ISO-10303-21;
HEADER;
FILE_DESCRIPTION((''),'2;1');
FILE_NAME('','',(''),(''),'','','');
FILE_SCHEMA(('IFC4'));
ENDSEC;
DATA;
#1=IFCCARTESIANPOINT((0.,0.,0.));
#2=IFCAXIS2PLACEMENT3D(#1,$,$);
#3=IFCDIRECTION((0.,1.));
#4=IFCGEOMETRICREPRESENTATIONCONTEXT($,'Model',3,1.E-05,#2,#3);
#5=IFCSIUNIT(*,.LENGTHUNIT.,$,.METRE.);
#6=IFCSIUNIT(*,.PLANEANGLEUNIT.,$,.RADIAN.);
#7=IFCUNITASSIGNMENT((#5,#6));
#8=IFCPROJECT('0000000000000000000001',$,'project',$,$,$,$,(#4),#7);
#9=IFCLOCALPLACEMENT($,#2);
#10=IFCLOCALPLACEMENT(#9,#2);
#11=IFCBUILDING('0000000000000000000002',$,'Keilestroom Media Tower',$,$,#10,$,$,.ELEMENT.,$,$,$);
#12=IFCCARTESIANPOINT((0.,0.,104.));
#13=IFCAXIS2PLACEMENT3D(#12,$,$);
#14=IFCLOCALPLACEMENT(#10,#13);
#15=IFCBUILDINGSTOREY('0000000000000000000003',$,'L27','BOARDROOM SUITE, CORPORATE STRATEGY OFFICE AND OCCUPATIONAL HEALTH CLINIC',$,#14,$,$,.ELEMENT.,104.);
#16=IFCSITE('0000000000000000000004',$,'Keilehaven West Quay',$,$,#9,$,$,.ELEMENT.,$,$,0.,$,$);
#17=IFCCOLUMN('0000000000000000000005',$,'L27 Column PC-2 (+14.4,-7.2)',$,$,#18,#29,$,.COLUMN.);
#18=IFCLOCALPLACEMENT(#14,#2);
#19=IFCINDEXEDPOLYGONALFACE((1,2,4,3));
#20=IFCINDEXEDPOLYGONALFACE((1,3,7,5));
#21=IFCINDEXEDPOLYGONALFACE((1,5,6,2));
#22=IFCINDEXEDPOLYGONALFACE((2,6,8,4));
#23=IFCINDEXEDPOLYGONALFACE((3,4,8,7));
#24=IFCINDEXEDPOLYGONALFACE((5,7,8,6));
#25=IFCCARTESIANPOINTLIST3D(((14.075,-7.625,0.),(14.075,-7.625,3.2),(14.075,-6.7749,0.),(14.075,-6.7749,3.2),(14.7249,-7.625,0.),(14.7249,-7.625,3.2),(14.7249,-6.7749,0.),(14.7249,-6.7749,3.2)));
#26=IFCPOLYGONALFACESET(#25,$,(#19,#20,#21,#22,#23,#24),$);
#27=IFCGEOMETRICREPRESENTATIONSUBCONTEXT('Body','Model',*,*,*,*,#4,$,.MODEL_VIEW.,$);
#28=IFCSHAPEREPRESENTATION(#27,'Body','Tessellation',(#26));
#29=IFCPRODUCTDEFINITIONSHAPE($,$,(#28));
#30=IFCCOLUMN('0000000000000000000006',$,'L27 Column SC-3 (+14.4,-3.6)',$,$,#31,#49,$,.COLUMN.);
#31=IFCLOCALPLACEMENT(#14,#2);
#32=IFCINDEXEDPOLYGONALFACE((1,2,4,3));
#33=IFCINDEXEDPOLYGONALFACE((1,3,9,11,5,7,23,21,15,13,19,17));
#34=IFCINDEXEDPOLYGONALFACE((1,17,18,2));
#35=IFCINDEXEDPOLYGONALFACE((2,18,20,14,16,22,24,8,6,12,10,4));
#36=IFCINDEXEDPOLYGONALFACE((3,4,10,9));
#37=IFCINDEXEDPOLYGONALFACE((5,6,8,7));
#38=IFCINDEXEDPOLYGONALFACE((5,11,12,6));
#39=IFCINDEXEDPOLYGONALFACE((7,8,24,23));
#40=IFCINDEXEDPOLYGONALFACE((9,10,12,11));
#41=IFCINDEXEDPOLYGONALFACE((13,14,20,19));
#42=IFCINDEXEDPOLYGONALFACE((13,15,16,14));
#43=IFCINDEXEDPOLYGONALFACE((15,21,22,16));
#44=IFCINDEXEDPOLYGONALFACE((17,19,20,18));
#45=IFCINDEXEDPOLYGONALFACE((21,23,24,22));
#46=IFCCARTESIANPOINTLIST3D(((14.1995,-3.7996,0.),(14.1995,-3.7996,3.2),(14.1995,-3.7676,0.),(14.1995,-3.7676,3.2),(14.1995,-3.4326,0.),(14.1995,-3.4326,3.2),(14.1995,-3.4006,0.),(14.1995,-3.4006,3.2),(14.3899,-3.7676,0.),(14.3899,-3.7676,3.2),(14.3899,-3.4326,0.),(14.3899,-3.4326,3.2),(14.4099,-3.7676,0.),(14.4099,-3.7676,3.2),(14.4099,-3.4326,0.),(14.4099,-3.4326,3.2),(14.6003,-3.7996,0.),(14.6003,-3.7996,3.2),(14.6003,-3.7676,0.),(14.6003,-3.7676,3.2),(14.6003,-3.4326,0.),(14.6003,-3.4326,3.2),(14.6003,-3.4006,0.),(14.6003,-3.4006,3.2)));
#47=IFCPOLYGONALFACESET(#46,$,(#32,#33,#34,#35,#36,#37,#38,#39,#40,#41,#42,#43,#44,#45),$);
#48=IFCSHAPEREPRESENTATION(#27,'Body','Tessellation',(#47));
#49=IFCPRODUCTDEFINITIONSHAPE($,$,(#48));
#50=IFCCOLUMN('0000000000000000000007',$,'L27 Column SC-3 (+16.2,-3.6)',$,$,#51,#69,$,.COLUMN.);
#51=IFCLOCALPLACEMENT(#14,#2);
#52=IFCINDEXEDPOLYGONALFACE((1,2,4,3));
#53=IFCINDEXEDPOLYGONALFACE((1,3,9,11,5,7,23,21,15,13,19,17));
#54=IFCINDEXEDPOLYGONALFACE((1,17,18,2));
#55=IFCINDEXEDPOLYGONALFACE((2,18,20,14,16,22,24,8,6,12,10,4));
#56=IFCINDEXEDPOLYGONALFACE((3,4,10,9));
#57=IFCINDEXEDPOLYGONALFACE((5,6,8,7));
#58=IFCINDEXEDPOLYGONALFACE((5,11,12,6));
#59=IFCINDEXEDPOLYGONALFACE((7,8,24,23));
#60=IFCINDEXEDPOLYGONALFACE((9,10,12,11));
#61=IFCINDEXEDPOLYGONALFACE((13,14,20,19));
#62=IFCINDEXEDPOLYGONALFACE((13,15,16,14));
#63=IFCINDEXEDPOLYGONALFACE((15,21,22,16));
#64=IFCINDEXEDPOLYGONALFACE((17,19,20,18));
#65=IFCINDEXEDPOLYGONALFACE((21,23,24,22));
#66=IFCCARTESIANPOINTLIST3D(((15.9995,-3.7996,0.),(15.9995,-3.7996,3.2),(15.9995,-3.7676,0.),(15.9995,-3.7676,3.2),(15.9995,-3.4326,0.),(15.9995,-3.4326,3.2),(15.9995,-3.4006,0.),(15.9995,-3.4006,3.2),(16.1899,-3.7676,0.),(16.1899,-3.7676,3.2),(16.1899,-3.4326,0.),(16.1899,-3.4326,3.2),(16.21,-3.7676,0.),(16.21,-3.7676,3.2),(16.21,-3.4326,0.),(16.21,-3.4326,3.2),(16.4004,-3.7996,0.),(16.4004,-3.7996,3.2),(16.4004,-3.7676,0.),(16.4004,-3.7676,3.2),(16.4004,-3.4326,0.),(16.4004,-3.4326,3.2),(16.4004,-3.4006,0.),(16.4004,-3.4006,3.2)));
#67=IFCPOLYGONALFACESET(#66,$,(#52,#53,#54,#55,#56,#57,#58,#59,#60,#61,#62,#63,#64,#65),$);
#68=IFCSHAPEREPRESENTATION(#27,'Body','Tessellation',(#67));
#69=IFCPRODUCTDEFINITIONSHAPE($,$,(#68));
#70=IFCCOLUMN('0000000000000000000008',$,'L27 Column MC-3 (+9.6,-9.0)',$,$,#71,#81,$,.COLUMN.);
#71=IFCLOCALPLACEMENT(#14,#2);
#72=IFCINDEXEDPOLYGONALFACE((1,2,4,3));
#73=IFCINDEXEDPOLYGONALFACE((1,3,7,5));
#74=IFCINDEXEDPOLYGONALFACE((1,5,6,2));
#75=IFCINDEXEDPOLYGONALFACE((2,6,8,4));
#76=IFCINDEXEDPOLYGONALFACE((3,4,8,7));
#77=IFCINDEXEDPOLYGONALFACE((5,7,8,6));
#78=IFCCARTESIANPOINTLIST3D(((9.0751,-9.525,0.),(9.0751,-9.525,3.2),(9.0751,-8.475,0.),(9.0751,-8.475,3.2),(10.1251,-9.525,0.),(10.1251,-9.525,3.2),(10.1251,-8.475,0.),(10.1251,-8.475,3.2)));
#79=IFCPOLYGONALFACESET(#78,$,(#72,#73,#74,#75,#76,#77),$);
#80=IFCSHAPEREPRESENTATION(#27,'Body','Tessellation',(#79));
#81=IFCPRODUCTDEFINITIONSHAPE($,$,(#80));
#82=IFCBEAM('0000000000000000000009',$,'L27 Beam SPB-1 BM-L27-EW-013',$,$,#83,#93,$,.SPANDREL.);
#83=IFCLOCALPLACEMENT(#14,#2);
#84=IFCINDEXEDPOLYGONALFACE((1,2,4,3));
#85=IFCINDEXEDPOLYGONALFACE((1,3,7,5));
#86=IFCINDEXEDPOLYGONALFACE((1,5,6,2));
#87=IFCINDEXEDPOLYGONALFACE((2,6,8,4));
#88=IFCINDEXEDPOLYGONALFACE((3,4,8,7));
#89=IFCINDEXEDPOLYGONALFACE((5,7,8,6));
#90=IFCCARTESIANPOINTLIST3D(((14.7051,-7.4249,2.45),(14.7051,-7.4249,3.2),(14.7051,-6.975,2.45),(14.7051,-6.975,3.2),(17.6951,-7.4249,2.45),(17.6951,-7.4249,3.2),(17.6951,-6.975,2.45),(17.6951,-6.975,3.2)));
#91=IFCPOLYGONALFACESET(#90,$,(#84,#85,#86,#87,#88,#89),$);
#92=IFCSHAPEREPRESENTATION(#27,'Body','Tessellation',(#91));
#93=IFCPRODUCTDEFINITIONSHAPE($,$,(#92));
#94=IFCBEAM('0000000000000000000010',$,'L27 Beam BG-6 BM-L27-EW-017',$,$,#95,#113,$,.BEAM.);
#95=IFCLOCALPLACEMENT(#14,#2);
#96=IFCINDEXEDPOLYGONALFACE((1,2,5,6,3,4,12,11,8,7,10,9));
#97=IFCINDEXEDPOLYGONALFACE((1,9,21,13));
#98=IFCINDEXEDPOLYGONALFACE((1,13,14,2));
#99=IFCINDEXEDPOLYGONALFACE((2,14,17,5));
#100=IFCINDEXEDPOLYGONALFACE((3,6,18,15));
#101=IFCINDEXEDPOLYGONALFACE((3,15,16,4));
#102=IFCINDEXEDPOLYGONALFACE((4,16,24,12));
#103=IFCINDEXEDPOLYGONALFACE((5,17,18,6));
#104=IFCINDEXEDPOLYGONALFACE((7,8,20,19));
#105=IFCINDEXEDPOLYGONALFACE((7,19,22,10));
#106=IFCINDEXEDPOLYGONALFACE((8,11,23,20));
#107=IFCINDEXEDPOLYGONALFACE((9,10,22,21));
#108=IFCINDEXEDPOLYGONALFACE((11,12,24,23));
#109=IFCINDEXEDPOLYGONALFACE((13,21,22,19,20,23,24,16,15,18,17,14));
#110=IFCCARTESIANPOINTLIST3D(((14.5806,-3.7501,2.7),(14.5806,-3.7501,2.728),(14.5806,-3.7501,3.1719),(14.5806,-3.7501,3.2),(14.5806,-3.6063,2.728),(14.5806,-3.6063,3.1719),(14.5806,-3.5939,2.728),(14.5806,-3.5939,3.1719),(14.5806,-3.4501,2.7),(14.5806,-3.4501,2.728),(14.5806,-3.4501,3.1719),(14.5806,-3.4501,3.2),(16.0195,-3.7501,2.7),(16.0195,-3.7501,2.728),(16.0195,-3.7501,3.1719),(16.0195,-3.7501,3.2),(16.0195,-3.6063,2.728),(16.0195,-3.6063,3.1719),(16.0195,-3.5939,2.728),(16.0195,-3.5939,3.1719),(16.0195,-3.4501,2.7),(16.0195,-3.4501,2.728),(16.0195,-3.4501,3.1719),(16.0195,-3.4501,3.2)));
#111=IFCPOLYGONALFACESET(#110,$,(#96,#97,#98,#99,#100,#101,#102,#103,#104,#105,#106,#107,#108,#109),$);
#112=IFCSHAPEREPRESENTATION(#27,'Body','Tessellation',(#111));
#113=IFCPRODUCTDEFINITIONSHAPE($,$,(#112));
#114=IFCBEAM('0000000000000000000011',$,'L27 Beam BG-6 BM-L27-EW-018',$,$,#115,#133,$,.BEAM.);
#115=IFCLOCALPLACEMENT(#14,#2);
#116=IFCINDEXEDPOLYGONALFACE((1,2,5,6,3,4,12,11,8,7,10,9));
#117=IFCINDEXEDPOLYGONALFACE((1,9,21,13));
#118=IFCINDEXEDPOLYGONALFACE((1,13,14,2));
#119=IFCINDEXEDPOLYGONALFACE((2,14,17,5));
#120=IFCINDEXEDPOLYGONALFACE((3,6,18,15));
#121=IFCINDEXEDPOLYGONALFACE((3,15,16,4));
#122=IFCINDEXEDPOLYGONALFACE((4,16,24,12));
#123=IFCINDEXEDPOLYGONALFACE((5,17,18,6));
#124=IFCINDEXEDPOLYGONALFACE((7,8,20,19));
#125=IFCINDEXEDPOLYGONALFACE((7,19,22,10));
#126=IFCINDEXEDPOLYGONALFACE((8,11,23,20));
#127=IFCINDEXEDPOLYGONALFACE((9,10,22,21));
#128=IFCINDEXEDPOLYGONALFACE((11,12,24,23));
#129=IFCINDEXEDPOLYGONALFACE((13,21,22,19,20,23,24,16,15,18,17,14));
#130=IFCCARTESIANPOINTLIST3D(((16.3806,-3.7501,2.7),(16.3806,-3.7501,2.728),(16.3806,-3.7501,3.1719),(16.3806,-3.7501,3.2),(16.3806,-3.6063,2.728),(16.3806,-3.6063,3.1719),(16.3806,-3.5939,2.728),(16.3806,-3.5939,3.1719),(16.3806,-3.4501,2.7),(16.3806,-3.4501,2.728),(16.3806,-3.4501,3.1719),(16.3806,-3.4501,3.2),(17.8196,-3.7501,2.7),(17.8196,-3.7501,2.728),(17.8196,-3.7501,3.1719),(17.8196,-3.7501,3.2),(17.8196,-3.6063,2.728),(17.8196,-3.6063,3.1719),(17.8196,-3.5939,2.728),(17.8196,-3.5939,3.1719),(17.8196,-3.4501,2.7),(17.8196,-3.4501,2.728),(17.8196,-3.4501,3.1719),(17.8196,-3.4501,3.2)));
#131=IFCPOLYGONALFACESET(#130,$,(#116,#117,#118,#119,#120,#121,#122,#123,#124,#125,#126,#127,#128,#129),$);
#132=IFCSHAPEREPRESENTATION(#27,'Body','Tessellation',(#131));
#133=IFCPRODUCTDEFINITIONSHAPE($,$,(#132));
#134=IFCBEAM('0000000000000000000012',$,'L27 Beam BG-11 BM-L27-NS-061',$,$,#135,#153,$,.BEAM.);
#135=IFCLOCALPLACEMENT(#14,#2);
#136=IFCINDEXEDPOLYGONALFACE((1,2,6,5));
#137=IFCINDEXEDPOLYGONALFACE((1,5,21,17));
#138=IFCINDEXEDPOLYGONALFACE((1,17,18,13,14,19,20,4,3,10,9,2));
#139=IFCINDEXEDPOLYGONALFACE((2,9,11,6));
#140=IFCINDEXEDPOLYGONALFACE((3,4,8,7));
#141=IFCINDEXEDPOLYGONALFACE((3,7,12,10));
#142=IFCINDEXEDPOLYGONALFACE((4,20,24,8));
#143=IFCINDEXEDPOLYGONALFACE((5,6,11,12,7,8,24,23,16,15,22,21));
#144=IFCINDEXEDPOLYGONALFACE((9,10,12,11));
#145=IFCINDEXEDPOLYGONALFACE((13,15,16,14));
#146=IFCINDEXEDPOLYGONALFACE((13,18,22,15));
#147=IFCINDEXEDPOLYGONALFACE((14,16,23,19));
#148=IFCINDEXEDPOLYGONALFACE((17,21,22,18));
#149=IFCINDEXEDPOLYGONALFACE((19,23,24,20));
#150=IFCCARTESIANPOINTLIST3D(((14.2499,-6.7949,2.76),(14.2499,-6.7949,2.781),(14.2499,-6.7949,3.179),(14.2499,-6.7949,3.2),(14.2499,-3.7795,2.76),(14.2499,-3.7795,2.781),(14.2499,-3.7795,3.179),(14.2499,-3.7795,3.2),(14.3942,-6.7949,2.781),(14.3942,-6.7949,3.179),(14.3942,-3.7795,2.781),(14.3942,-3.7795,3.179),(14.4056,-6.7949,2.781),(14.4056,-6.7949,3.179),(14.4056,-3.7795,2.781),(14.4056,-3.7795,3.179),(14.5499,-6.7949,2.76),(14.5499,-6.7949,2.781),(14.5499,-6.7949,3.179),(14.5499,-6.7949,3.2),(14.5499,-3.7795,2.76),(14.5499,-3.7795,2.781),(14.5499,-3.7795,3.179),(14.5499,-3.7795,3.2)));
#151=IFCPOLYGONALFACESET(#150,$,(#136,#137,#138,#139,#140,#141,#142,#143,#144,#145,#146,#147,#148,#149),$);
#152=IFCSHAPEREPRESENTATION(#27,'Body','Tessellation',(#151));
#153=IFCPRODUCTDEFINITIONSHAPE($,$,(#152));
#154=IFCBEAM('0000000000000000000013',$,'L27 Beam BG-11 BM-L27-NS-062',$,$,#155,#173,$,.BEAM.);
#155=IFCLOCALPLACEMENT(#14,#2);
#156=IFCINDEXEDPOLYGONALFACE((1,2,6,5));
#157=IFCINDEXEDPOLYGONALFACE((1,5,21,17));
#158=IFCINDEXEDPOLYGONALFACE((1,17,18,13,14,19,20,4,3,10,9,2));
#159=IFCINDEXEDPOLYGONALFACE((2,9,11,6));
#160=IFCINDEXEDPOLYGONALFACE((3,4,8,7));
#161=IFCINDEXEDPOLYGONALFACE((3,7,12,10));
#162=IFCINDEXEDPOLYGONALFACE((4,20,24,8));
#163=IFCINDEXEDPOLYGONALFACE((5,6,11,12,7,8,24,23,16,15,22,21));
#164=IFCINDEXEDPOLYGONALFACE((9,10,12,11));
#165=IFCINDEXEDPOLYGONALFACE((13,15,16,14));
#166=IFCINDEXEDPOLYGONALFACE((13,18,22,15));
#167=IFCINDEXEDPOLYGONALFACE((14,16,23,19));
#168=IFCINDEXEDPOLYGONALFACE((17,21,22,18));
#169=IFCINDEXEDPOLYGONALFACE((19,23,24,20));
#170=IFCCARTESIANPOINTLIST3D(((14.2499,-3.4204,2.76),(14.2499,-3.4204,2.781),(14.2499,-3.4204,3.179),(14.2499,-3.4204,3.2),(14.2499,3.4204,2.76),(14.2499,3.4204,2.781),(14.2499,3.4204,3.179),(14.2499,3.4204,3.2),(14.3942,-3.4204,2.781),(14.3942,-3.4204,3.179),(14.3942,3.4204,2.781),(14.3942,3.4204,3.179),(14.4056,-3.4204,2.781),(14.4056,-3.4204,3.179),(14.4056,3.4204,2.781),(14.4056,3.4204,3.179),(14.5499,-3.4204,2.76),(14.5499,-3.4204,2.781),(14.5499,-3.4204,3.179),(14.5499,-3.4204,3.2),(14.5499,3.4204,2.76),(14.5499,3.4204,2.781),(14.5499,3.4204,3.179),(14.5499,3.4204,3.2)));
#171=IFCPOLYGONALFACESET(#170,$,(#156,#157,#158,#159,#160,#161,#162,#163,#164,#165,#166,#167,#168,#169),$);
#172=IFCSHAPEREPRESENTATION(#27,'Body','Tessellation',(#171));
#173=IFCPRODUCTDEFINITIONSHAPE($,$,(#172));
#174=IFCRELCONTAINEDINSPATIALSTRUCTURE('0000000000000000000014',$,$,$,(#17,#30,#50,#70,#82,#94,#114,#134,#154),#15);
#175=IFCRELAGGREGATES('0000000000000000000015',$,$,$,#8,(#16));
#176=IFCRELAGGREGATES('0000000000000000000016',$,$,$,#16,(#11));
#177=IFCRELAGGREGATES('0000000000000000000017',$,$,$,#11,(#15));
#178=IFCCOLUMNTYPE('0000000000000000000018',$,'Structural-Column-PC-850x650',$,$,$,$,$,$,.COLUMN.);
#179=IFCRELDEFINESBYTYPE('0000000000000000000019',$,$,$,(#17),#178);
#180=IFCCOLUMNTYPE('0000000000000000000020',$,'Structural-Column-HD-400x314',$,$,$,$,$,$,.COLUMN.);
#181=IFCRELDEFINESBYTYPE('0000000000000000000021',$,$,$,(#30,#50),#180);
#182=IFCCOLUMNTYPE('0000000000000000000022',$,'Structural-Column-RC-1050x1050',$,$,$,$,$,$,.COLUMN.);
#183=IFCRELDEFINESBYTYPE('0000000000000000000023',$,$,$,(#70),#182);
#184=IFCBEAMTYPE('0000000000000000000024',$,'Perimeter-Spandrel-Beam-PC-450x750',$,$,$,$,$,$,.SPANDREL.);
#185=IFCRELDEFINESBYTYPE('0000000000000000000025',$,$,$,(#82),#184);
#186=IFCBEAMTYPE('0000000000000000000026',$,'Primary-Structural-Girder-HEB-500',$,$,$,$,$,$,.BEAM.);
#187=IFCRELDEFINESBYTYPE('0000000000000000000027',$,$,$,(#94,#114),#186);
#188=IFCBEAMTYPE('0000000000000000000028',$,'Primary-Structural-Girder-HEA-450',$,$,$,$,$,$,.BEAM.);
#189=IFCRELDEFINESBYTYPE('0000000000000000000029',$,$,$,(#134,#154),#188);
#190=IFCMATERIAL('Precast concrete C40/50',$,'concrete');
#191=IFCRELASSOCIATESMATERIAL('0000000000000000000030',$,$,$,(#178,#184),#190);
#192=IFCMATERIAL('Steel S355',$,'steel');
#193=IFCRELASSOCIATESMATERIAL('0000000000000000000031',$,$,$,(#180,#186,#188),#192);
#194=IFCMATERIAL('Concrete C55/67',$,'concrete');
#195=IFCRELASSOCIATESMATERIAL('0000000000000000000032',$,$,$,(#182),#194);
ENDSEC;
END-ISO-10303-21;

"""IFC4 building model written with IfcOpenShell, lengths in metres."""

from ifc_helpers import new_model, si_unit, direction, frame, origin, origin_2d, place, context, subcontext, project, spatial, rectangle, i_section, extrude, source, transform, mapped, material, material_profile, profile_set, type_object, element, save


model = new_model("IFC4")

# Units and contexts
model_context = context("Model", 3, precision=1e-05, world=origin(), true_north=direction((0.0, 1.0)))
body_context = subcontext(model_context, "Body", "Model", "MODEL_VIEW")
ifc_project = project(units=[si_unit("LENGTHUNIT", "METRE"), si_unit("PLANEANGLEUNIT", "RADIAN")], contexts=[model_context])

# Site, building, storey
site_placement = place(None, origin())
site = spatial("IfcSite", under=ifc_project, at=site_placement, Name="Keilehaven West Quay", CompositionType="ELEMENT", RefElevation=0.0)
building_placement = place(site_placement, origin())
building = spatial("IfcBuilding", under=site, at=building_placement, Name="Keilestroom Media Tower", CompositionType="ELEMENT")
storey_placement = place(building_placement, frame((0.0, 0.0, 104.0)))
storey = spatial("IfcBuildingStorey", under=building, at=storey_placement, Name="L27", Description="BOARDROOM SUITE, CORPORATE STRATEGY OFFICE AND OCCUPATIONAL HEALTH CLINIC", CompositionType="ELEMENT", Elevation=104.0)

# Columns
ifc_material_1 = material(Name="Precast concrete C40/50", Category="concrete")
ifc_material_profile_1 = material_profile(ifc_material_1, rectangle(XDim=0.6499, YDim=0.8501, at=origin_2d()), Name="PC 850x650")
ifc_profile_set_1 = profile_set([ifc_material_profile_1], Name="Precast concrete C40/50")
column_type_1 = type_object("IfcColumnType", Name="Structural-Column-PC-850x650", PredefinedType="COLUMN", material=ifc_profile_set_1)
shared_shape_1 = source(origin(), body_context, "Body", "SweptSolid", [
    extrude(rectangle(XDim=0.6499, YDim=0.8501, at=origin_2d()), origin(), (0.0, 0.0, 1.0), 3.2),
])
column_1_placement = place(storey_placement, frame((14.3999, -7.2, 0.0), z_axis=(0.0, 0.0, 1.0), x_axis=(1.0, 0.0, 0.0)))
element("IfcColumn", 1, at=column_1_placement, inside=storey, type_object=column_type_1, Name="L27 Column PC-2 (+14.4,-7.2)", PredefinedType="COLUMN", context=body_context, shape_type="MappedRepresentation", body=[
    mapped(shared_shape_1, transform((0.0, 0.0, 0.0), x_axis=(1.0, 0.0, 0.0), y_axis=(0.0, 1.0, 0.0), z_axis=(0.0, 0.0, 1.0), scale=1.0)),
])
ifc_material_2 = material(Name="Steel S355", Category="steel")
ifc_material_profile_2 = material_profile(ifc_material_2, i_section(OverallWidth=0.4009, OverallDepth=0.3989, WebThickness=0.02, FlangeThickness=0.032, at=origin_2d()), Name="HD 400x314")
ifc_profile_set_2 = profile_set([ifc_material_profile_2], Name="Steel S355")
column_type_2 = type_object("IfcColumnType", Name="Structural-Column-HD-400x314", PredefinedType="COLUMN", material=ifc_profile_set_2)
shared_shape_2 = source(origin(), body_context, "Body", "SweptSolid", [
    extrude(i_section(OverallWidth=0.4009, OverallDepth=0.3989, WebThickness=0.02, FlangeThickness=0.032, at=origin_2d()), origin(), (0.0, 0.0, 1.0), 3.2),
])
for number, where, z_axis, x_axis, name in (
    (2, (14.3999, -3.6001, 0.0), (0.0, 0.0, 1.0), (1.0, 0.0, 0.0), "L27 Column SC-3 (+14.4,-3.6)"),
    (3, (16.2, -3.6001, 0.0), (0.0, 0.0, 1.0), (1.0, 0.0, 0.0), "L27 Column SC-3 (+16.2,-3.6)"),
):
    element("IfcColumn", number, at=place(storey_placement, frame(where, z_axis=z_axis, x_axis=x_axis)), inside=storey, type_object=column_type_2, Name=name, PredefinedType="COLUMN", context=body_context, shape_type="MappedRepresentation", body=[
        mapped(shared_shape_2, transform((0.0, 0.0, 0.0), x_axis=(1.0, 0.0, 0.0), y_axis=(0.0, 1.0, 0.0), z_axis=(0.0, 0.0, 1.0), scale=1.0)),
    ])
ifc_material_3 = material(Name="Concrete C55/67", Category="concrete")
ifc_material_profile_3 = material_profile(ifc_material_3, rectangle(XDim=1.05, YDim=1.05, at=origin_2d()), Name="RC 1050x1050")
ifc_profile_set_3 = profile_set([ifc_material_profile_3], Name="Concrete C55/67")
column_type_3 = type_object("IfcColumnType", Name="Structural-Column-RC-1050x1050", PredefinedType="COLUMN", material=ifc_profile_set_3)
shared_shape_3 = source(origin(), body_context, "Body", "SweptSolid", [
    extrude(rectangle(XDim=1.05, YDim=1.05, at=origin_2d()), origin(), (0.0, 0.0, 1.0), 3.2),
])
column_2_placement = place(storey_placement, frame((9.6001, -9.0, 0.0), z_axis=(0.0, 0.0, 1.0), x_axis=(1.0, 0.0, 0.0)))
element("IfcColumn", 4, at=column_2_placement, inside=storey, type_object=column_type_3, Name="L27 Column MC-3 (+9.6,-9.0)", PredefinedType="COLUMN", context=body_context, shape_type="MappedRepresentation", body=[
    mapped(shared_shape_3, transform((0.0, 0.0, 0.0), x_axis=(1.0, 0.0, 0.0), y_axis=(0.0, 1.0, 0.0), z_axis=(0.0, 0.0, 1.0), scale=1.0)),
])

# Beams
ifc_material_profile_4 = material_profile(ifc_material_1, rectangle(XDim=0.45, YDim=0.75, at=origin_2d()), Name="PC 450x750")
ifc_profile_set_4 = profile_set([ifc_material_profile_4], Name="Precast concrete C40/50")
beam_type_1 = type_object("IfcBeamType", Name="Perimeter-Spandrel-Beam-PC-450x750", PredefinedType="SPANDREL", material=ifc_profile_set_4)
shared_shape_4 = source(origin(), body_context, "Body", "SweptSolid", [
    extrude(rectangle(XDim=0.45, YDim=0.75, at=origin_2d()), origin(), (0.0, 0.0, 1.0), 2.99),
])
beam_1_placement = place(storey_placement, frame((14.7051, -7.2, 2.825), z_axis=(1.0, 0.0, 0.0), x_axis=(0.0, 1.0, 0.0)))
element("IfcBeam", 5, at=beam_1_placement, inside=storey, type_object=beam_type_1, Name="L27 Beam SPB-1 BM-L27-EW-013", PredefinedType="SPANDREL", context=body_context, shape_type="MappedRepresentation", body=[
    mapped(shared_shape_4, transform((0.0, 0.0, 0.0), x_axis=(1.0, 0.0, 0.0), y_axis=(0.0, 1.0, 0.0), z_axis=(0.0, 0.0, 1.0), scale=1.0)),
])
ifc_material_profile_5 = material_profile(ifc_material_2, i_section(OverallWidth=0.3, OverallDepth=0.5, WebThickness=0.0125, FlangeThickness=0.0281, at=origin_2d()), Name="HEB 500")
ifc_profile_set_5 = profile_set([ifc_material_profile_5], Name="Steel S355")
beam_type_2 = type_object("IfcBeamType", Name="Primary-Structural-Girder-HEB-500", PredefinedType="BEAM", material=ifc_profile_set_5)
shared_shape_5 = source(origin(), body_context, "Body", "SweptSolid", [
    extrude(i_section(OverallWidth=0.3, OverallDepth=0.5, WebThickness=0.0125, FlangeThickness=0.0281, at=origin_2d()), origin(), (0.0, 0.0, 1.0), 1.439),
])
for number, where, z_axis, x_axis, name in (
    (6, (14.5806, -3.6001, 2.95), (1.0, 0.0, 0.0), (0.0, 1.0, 0.0), "L27 Beam BG-6 BM-L27-EW-017"),
    (7, (16.3806, -3.6001, 2.95), (1.0, 0.0, 0.0), (0.0, 1.0, 0.0), "L27 Beam BG-6 BM-L27-EW-018"),
):
    element("IfcBeam", number, at=place(storey_placement, frame(where, z_axis=z_axis, x_axis=x_axis)), inside=storey, type_object=beam_type_2, Name=name, PredefinedType="BEAM", context=body_context, shape_type="MappedRepresentation", body=[
        mapped(shared_shape_5, transform((0.0, 0.0, 0.0), x_axis=(1.0, 0.0, 0.0), y_axis=(0.0, 1.0, 0.0), z_axis=(0.0, 0.0, 1.0), scale=1.0)),
    ])
ifc_material_profile_6 = material_profile(ifc_material_2, i_section(OverallWidth=0.3, OverallDepth=0.4399, WebThickness=0.0115, FlangeThickness=0.021, at=origin_2d()), Name="HEA 450")
ifc_profile_set_6 = profile_set([ifc_material_profile_6], Name="Steel S355")
beam_type_3 = type_object("IfcBeamType", Name="Primary-Structural-Girder-HEA-450", PredefinedType="BEAM", material=ifc_profile_set_6)
shared_shape_6 = source(origin(), body_context, "Body", "SweptSolid", [
    extrude(i_section(OverallWidth=0.3, OverallDepth=0.4399, WebThickness=0.0115, FlangeThickness=0.021, at=origin_2d()), origin(), (0.0, 0.0, 1.0), 3.0154),
])
beam_2_placement = place(storey_placement, frame((14.3999, -6.7949, 2.98), z_axis=(0.0, 1.0, 0.0), x_axis=(-1.0, 0.0, 0.0)))
element("IfcBeam", 8, at=beam_2_placement, inside=storey, type_object=beam_type_3, Name="L27 Beam BG-11 BM-L27-NS-061", PredefinedType="BEAM", context=body_context, shape_type="MappedRepresentation", body=[
    mapped(shared_shape_6, transform((0.0, 0.0, 0.0), x_axis=(1.0, 0.0, 0.0), y_axis=(0.0, 1.0, 0.0), z_axis=(0.0, 0.0, 1.0), scale=1.0)),
])
shared_shape_7 = source(origin(), body_context, "Body", "SweptSolid", [
    extrude(i_section(OverallWidth=0.3, OverallDepth=0.4399, WebThickness=0.0115, FlangeThickness=0.021, at=origin_2d()), origin(), (0.0, 0.0, 1.0), 6.8408),
])
for number, where, z_axis, x_axis, name in (
    (9, (14.3999, -3.4204, 2.98), (0.0, 1.0, 0.0), (-1.0, 0.0, 0.0), "L27 Beam BG-11 BM-L27-NS-062"),
):
    element("IfcBeam", number, at=place(storey_placement, frame(where, z_axis=z_axis, x_axis=x_axis)), inside=storey, type_object=beam_type_3, Name=name, PredefinedType="BEAM", context=body_context, shape_type="MappedRepresentation", body=[
        mapped(shared_shape_7, transform((0.0, 0.0, 0.0), x_axis=(1.0, 0.0, 0.0), y_axis=(0.0, 1.0, 0.0), z_axis=(0.0, 0.0, 1.0), scale=1.0)),
    ])

save(model, "model.ifc")
